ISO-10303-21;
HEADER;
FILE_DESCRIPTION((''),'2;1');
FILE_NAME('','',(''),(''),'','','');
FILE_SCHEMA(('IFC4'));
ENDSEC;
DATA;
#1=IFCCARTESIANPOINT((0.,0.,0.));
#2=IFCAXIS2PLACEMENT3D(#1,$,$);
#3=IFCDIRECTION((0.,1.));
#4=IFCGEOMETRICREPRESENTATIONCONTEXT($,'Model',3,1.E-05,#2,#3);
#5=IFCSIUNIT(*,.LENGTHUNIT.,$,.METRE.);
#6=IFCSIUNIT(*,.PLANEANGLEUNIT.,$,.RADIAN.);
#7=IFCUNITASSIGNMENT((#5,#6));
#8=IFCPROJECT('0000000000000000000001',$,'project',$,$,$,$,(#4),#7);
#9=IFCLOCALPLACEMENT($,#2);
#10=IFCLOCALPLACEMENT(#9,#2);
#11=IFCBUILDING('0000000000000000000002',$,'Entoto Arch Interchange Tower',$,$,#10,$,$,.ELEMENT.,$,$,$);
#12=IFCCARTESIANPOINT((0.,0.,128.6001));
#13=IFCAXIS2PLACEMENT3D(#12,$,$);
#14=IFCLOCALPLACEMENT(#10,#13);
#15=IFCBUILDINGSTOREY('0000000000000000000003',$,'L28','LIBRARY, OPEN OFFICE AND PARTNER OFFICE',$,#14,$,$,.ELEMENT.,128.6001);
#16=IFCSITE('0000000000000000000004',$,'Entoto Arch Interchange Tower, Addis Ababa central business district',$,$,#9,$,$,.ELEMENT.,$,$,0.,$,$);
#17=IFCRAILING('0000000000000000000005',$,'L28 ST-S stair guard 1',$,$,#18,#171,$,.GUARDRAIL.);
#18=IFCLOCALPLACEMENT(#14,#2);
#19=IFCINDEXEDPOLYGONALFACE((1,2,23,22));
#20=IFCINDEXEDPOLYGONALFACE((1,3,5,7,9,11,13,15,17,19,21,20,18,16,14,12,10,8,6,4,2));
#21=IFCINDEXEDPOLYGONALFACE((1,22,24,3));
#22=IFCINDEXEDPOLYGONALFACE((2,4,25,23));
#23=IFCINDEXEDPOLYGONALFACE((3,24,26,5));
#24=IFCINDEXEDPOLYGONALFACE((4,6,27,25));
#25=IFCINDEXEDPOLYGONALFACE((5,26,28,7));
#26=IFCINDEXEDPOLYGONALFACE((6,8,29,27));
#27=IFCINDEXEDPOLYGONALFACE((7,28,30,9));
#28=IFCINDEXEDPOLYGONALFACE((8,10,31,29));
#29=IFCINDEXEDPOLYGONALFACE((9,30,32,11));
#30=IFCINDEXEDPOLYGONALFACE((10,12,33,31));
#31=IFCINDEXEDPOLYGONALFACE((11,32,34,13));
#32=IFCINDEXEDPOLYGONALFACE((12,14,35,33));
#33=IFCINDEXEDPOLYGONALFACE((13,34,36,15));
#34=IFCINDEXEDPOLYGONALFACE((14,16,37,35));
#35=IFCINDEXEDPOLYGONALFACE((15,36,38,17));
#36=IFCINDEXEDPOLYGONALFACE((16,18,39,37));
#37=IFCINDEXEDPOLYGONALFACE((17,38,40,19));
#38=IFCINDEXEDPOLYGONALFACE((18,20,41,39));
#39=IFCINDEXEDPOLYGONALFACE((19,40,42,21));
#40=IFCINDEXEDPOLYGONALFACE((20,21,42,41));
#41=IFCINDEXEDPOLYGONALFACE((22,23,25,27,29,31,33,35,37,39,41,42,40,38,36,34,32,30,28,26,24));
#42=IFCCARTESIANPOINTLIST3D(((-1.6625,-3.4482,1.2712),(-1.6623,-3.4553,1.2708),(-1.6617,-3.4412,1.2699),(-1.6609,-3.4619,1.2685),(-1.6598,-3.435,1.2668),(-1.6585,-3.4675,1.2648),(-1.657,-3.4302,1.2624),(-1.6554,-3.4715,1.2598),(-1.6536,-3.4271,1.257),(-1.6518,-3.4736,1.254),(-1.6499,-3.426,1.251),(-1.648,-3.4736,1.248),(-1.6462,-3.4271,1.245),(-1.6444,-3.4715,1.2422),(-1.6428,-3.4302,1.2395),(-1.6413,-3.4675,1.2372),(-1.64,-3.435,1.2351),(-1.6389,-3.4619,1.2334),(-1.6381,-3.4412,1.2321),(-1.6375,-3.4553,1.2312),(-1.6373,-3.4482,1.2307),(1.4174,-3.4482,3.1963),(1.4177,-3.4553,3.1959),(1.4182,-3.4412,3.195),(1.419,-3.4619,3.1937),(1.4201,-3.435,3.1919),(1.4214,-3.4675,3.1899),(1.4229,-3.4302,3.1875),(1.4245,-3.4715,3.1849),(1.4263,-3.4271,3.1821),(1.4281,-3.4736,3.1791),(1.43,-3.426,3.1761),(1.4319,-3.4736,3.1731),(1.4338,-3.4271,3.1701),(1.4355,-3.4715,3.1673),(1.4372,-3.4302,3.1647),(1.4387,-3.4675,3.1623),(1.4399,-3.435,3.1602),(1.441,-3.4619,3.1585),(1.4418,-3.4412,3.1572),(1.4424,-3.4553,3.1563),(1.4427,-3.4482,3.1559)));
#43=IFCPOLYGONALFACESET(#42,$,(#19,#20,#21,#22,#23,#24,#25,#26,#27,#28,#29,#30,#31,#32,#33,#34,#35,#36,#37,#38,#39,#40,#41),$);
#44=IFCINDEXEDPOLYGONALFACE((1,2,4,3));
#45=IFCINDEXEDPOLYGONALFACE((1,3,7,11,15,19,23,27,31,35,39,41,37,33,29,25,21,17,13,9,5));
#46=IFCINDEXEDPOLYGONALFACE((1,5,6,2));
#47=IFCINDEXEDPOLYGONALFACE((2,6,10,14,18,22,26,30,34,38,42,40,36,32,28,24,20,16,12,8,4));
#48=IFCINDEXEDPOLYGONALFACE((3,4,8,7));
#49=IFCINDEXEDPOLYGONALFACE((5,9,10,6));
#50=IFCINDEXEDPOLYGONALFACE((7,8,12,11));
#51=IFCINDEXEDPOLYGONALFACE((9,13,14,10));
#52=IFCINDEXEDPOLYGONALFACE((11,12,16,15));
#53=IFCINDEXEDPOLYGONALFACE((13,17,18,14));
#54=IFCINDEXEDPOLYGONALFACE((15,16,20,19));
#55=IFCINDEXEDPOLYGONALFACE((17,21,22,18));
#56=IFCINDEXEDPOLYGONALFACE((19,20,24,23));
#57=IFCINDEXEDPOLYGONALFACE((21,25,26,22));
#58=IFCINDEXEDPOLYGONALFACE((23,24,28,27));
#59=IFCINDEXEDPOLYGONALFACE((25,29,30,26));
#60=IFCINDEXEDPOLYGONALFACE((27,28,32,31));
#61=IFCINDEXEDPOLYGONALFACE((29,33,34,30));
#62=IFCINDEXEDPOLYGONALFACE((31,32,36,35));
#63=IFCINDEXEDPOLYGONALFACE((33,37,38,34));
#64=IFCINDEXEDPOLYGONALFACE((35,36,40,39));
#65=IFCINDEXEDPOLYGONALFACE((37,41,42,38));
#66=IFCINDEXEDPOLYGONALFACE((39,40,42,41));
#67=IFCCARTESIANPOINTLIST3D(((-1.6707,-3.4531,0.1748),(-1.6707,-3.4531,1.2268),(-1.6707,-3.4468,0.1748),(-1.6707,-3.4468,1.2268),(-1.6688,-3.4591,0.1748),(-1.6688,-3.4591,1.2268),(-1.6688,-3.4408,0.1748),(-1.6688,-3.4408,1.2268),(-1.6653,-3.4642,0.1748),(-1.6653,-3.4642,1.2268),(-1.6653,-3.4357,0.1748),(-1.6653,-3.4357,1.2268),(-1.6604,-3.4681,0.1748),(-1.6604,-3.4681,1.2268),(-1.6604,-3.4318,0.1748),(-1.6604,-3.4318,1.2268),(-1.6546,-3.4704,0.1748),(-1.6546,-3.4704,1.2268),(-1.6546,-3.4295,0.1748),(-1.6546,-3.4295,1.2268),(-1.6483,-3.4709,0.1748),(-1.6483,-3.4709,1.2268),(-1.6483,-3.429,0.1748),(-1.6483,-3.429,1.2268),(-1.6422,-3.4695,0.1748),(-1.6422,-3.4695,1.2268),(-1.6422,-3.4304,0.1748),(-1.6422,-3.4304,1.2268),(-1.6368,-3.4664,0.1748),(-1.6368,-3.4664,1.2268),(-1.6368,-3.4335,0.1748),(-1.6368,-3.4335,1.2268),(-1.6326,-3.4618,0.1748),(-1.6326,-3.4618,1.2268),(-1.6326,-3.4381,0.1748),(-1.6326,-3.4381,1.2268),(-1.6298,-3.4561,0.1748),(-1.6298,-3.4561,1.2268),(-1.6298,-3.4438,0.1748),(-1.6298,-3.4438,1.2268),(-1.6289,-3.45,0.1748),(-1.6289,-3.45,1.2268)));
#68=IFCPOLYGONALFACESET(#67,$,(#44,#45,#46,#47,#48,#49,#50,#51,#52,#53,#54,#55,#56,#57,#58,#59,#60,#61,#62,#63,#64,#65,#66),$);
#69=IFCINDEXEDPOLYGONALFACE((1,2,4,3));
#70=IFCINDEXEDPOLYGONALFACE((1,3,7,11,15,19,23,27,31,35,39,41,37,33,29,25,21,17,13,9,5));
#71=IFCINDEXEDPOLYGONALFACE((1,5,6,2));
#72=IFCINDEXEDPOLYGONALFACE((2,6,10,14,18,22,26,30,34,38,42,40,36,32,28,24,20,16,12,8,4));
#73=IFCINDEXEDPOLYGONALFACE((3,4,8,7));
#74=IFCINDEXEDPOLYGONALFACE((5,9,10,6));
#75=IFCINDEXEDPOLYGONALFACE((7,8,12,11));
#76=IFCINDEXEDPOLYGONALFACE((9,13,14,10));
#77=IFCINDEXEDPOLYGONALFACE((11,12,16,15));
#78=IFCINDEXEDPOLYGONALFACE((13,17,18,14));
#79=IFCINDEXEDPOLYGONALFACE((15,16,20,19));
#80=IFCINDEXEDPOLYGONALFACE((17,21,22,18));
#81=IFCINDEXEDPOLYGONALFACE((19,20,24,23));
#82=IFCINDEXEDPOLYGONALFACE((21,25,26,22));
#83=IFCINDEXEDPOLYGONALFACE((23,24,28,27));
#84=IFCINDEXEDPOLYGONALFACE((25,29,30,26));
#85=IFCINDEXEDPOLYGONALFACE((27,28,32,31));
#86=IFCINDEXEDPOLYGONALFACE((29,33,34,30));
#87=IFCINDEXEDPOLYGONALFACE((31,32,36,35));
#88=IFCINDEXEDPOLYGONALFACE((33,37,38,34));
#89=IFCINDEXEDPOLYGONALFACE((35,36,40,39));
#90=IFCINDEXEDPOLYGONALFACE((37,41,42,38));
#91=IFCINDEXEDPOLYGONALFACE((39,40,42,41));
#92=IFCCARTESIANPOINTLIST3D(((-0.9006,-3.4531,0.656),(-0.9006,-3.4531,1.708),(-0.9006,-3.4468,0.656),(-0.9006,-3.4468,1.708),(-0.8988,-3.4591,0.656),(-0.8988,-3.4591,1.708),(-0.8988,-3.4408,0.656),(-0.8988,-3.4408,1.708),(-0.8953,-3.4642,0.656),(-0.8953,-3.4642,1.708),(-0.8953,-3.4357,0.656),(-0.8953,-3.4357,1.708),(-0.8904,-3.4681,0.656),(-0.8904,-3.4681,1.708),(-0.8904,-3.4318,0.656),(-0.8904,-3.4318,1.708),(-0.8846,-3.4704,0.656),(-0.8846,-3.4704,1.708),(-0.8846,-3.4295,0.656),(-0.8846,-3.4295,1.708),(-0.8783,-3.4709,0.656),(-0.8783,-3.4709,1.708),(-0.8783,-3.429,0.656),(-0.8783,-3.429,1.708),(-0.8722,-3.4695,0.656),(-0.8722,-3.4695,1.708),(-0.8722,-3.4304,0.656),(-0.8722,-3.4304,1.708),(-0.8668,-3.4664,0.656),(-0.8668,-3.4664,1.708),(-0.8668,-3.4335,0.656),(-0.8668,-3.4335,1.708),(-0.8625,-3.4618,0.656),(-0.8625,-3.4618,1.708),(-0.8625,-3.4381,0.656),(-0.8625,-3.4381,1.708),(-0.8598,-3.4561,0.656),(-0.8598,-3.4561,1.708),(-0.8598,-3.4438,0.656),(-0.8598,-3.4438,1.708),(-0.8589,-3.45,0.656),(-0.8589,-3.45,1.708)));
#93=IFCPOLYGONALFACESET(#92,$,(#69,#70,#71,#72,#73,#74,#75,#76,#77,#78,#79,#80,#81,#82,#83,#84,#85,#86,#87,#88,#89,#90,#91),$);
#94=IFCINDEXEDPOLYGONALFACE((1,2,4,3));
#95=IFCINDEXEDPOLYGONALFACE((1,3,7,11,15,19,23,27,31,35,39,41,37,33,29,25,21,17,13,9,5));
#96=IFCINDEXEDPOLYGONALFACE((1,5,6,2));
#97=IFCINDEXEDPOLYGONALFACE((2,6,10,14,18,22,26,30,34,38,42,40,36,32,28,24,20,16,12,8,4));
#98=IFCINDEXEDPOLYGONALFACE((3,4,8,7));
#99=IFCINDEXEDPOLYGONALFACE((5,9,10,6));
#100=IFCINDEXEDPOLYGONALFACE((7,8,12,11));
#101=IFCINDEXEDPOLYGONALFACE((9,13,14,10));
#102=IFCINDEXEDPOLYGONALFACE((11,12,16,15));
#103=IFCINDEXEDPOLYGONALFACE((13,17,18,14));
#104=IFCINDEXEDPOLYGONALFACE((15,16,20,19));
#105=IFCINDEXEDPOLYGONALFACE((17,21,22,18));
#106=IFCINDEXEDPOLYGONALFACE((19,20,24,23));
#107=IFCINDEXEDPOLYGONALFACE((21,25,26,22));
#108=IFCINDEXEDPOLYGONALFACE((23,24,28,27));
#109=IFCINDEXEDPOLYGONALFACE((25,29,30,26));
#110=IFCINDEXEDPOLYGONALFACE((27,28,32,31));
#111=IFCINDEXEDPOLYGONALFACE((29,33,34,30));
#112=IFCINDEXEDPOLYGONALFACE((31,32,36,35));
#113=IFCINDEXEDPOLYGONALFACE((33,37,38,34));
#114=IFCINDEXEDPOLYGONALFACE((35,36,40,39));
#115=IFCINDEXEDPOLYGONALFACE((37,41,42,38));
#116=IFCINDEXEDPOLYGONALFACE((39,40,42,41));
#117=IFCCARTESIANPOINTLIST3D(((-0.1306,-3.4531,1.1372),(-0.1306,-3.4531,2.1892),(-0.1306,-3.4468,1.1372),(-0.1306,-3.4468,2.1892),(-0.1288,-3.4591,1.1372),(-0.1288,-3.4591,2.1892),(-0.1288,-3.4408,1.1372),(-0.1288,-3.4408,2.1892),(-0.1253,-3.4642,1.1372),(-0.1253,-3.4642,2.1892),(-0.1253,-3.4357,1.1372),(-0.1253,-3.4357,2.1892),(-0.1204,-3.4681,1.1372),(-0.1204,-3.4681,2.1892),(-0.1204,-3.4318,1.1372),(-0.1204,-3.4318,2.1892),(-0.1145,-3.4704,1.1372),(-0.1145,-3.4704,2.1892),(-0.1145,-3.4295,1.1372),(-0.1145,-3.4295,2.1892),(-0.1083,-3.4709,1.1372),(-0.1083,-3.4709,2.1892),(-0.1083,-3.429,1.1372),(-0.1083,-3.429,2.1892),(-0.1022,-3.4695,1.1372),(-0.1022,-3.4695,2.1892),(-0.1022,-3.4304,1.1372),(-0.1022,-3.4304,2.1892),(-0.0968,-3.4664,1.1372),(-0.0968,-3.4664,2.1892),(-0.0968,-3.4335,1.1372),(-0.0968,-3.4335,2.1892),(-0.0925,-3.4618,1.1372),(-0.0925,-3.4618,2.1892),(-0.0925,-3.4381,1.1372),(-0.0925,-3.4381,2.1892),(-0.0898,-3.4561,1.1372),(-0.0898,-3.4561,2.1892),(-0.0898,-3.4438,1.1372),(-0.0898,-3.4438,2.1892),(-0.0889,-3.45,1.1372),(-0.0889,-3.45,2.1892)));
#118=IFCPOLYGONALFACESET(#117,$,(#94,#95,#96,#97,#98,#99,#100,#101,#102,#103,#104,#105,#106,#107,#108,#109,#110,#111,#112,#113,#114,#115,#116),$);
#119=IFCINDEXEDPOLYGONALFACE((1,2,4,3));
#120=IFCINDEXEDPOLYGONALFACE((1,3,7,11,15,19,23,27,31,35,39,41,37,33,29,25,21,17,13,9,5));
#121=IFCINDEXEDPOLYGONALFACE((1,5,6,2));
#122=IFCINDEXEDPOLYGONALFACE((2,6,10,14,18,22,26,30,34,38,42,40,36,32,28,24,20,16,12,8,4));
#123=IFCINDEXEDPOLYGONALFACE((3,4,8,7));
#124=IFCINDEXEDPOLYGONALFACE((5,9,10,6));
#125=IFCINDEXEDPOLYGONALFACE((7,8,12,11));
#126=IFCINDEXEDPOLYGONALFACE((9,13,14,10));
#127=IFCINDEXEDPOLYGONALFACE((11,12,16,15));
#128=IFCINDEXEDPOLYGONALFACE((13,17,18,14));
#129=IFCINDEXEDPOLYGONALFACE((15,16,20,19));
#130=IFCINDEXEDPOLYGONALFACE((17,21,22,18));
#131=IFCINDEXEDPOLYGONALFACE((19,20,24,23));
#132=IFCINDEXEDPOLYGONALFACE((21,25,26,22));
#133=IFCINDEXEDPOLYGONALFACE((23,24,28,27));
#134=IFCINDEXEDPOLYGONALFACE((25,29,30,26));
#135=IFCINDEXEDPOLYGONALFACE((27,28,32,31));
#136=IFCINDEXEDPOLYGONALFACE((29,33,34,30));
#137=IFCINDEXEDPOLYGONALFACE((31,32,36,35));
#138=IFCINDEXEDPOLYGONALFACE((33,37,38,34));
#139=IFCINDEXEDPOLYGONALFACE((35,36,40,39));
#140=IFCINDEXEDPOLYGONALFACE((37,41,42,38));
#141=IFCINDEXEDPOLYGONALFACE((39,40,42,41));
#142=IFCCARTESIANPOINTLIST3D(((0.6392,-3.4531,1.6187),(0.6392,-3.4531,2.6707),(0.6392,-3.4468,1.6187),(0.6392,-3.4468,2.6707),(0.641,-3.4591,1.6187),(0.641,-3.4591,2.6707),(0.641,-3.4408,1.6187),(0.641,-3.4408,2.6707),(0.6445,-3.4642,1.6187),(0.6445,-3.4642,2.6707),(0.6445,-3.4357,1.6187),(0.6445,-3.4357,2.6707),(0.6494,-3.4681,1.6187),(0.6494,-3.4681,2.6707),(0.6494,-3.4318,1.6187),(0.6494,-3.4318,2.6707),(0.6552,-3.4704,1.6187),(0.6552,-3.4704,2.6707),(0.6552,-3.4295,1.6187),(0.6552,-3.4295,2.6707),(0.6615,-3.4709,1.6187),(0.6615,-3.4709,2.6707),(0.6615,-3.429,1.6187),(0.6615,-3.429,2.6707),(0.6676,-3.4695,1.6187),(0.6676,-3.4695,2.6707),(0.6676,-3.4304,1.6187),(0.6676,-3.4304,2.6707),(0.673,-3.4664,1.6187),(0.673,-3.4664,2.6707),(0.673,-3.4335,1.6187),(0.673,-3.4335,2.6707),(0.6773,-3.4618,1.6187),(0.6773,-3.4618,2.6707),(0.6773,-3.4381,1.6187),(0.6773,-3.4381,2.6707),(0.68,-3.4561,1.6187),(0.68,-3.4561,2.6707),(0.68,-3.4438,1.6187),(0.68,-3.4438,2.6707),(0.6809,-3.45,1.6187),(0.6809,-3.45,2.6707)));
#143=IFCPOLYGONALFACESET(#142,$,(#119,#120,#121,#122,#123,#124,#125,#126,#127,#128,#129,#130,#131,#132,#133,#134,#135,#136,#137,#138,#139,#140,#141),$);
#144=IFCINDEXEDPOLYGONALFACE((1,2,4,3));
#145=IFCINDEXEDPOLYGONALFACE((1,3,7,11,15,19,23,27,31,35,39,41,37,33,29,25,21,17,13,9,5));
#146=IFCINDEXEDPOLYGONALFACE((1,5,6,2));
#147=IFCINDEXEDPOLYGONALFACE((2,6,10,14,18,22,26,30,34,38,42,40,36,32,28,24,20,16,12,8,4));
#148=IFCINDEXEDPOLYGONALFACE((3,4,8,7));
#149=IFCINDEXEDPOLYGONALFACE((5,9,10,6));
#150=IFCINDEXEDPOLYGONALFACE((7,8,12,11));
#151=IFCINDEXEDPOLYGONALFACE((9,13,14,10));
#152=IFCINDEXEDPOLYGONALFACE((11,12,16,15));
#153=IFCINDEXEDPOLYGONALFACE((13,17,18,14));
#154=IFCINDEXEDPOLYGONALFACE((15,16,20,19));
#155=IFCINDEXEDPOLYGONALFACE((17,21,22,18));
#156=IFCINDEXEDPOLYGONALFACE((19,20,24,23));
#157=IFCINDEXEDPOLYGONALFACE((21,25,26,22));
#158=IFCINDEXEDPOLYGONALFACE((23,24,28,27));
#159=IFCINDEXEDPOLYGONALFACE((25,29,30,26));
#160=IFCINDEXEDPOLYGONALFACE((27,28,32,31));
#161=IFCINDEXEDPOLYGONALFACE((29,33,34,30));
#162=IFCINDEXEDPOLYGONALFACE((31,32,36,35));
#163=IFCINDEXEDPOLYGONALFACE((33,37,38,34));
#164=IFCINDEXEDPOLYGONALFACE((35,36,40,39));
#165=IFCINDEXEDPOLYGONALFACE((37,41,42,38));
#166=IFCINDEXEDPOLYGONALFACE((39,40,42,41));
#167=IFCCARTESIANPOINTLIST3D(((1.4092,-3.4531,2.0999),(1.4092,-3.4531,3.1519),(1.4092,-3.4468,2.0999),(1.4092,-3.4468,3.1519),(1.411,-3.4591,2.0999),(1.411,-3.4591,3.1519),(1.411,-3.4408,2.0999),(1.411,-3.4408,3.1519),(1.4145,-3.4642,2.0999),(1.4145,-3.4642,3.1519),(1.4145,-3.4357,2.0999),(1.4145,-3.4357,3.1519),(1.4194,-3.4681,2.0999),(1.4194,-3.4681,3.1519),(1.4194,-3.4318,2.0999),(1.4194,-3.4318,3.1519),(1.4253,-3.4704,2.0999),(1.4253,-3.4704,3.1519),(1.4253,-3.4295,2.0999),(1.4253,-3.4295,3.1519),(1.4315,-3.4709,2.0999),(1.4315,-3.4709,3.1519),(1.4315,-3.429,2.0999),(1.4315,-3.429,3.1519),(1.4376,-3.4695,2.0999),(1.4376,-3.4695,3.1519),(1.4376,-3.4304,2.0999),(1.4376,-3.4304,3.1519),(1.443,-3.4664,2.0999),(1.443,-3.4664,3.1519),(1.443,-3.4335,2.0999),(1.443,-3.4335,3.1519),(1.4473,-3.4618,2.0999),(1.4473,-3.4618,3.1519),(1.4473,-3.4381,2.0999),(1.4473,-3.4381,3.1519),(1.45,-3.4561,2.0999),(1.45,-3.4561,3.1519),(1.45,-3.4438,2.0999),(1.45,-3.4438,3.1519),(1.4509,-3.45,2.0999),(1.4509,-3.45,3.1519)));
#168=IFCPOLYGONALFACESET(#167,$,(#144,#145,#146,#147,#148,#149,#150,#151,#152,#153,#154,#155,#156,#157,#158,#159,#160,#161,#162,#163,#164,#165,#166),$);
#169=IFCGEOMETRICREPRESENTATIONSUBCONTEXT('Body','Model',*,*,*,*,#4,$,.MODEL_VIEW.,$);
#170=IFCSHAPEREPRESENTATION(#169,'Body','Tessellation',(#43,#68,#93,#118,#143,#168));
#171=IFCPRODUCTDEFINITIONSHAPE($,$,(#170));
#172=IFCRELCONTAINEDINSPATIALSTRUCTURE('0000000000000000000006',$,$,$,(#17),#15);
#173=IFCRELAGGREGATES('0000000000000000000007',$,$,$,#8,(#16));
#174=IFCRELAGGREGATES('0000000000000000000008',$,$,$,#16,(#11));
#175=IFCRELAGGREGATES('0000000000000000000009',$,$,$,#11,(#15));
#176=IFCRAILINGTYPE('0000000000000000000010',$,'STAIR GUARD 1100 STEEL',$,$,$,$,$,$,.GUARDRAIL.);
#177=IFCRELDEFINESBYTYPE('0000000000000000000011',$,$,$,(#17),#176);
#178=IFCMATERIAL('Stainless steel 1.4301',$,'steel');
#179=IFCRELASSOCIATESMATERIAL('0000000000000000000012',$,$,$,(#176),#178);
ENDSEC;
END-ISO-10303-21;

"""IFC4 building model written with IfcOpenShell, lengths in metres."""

from ifc_helpers import new_model, si_unit, direction, frame, origin, origin_2d, place, context, subcontext, project, spatial, circle, extrude, material, type_object, element, save


model = new_model("IFC4")

# Units and contexts
model_context = context("Model", 3, precision=1e-05, world=origin(), true_north=direction((0.0, 1.0)))
body_context = subcontext(model_context, "Body", "Model", "MODEL_VIEW")
ifc_project = project(units=[si_unit("LENGTHUNIT", "METRE"), si_unit("PLANEANGLEUNIT", "RADIAN")], contexts=[model_context])

# Site, building, storey
site_placement = place(None, origin())
site = spatial("IfcSite", under=ifc_project, at=site_placement, Name="Entoto Arch Interchange Tower, Addis Ababa central business district", CompositionType="ELEMENT", RefElevation=0.0)
building_placement = place(site_placement, origin())
building = spatial("IfcBuilding", under=site, at=building_placement, Name="Entoto Arch Interchange Tower", CompositionType="ELEMENT")
storey_placement = place(building_placement, frame((0.0, 0.0, 128.6001)))
storey = spatial("IfcBuildingStorey", under=building, at=storey_placement, Name="L28", Description="LIBRARY, OPEN OFFICE AND PARTNER OFFICE", CompositionType="ELEMENT", Elevation=128.6001)

# Railing
ifc_material_1 = material(Name="Stainless steel 1.4301", Category="steel")
railing_type_1 = type_object("IfcRailingType", Name="STAIR GUARD 1100 STEEL", PredefinedType="GUARDRAIL", material=ifc_material_1)
railing_1_placement = place(storey_placement, frame((-1.6499, -3.45, 0.1748)))
element("IfcRailing", 1, at=railing_1_placement, inside=storey, type_object=railing_type_1, Name="L28 ST-S stair guard 1", PredefinedType="GUARDRAIL", context=body_context, shape_type="SweptSolid", body=[
    extrude(circle(Radius=0.0239, at=origin_2d()), frame((0.0, 0.0, 1.0762), z_axis=(0.847979, 0.0, 0.530029), x_axis=(0.0, 1.0, 0.0)), (0.0, 0.0, 1.0), 3.6321),
    extrude(circle(Radius=0.021, at=origin_2d()), origin(), (0.0, 0.0, 1.0), 1.052),
    extrude(circle(Radius=0.021, at=origin_2d()), frame((0.77, 0.0, 0.4812)), (0.0, 0.0, 1.0), 1.052),
    extrude(circle(Radius=0.021, at=origin_2d()), frame((1.54, 0.0, 0.9624)), (0.0, 0.0, 1.0), 1.052),
    extrude(circle(Radius=0.021, at=origin_2d()), frame((2.3098, 0.0, 1.4438)), (0.0, 0.0, 1.0), 1.052),
    extrude(circle(Radius=0.021, at=origin_2d()), frame((3.0798, 0.0, 1.925)), (0.0, 0.0, 1.0), 1.052),
])

save(model, "model.ifc")
